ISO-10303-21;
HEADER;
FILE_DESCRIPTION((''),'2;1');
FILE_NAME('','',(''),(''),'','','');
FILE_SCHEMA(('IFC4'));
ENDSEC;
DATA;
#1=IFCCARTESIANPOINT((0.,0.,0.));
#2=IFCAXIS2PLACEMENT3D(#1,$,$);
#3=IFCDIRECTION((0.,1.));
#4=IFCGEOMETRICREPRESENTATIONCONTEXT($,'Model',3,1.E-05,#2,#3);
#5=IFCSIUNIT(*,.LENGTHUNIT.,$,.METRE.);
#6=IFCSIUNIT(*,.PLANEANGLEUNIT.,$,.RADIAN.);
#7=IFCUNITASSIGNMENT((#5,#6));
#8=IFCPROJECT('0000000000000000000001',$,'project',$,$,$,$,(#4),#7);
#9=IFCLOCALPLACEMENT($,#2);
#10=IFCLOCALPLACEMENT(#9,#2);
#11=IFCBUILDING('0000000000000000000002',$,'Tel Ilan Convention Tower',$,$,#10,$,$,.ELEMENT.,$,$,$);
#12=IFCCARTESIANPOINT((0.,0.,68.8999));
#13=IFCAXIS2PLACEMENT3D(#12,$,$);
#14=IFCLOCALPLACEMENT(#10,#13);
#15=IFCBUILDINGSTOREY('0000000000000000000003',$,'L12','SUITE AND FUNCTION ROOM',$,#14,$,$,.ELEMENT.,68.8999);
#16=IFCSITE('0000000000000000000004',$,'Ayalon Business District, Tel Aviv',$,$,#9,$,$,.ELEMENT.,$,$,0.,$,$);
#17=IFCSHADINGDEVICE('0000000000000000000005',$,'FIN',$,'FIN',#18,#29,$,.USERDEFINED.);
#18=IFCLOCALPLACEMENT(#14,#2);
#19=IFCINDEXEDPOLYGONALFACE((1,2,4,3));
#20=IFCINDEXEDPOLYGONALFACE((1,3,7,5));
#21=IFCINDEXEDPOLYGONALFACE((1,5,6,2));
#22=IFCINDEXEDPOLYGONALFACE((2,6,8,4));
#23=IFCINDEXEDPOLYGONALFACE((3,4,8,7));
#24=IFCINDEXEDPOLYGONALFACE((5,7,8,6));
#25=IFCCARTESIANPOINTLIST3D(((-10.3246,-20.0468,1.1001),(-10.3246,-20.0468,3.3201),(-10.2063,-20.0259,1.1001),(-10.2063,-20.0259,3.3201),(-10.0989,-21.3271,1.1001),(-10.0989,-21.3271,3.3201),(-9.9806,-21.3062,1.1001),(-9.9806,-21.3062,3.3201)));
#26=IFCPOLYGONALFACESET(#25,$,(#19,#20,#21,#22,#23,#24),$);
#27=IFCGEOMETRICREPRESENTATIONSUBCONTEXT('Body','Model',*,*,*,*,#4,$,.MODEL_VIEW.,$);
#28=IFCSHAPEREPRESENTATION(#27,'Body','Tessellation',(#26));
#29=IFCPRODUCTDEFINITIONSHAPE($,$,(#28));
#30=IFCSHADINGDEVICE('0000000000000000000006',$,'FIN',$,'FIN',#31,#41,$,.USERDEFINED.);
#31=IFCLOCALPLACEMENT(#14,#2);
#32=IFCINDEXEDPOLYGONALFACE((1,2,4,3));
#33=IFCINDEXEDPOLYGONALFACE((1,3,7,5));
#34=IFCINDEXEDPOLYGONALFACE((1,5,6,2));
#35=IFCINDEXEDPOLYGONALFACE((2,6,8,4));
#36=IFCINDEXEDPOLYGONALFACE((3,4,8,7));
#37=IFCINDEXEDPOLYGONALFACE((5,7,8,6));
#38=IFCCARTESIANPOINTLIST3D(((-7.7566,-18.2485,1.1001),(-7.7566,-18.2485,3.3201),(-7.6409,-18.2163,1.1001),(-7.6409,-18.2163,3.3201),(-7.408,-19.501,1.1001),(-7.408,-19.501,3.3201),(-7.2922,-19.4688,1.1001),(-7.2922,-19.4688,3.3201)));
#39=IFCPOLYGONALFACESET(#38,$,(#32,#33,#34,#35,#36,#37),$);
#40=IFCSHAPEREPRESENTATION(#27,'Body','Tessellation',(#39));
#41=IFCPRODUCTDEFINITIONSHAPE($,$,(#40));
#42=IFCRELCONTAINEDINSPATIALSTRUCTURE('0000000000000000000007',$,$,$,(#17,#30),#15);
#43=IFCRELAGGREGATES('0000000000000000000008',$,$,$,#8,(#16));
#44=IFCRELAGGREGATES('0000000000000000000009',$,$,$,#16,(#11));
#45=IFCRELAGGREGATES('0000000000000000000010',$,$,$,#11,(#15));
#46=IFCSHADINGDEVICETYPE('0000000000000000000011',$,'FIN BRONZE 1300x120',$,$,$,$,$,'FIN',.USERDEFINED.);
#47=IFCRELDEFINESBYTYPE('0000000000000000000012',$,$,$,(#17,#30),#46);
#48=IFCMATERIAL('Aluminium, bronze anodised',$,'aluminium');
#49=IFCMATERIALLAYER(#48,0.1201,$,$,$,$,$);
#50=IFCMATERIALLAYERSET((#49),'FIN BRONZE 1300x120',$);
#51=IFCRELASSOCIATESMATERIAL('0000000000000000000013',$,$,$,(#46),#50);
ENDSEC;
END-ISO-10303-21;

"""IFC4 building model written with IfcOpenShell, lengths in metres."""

from ifc_helpers import new_model, si_unit, direction, frame, origin, origin_2d, place, context, subcontext, project, spatial, rectangle, extrude, material, layer, layer_set, type_object, element, save


model = new_model("IFC4")

# Units and contexts
model_context = context("Model", 3, precision=1e-05, world=origin(), true_north=direction((0.0, 1.0)))
body_context = subcontext(model_context, "Body", "Model", "MODEL_VIEW")
ifc_project = project(units=[si_unit("LENGTHUNIT", "METRE"), si_unit("PLANEANGLEUNIT", "RADIAN")], contexts=[model_context])

# Site, building, storey
site_placement = place(None, origin())
site = spatial("IfcSite", under=ifc_project, at=site_placement, Name="Ayalon Business District, Tel Aviv", CompositionType="ELEMENT", RefElevation=0.0)
building_placement = place(site_placement, origin())
building = spatial("IfcBuilding", under=site, at=building_placement, Name="Tel Ilan Convention Tower", CompositionType="ELEMENT")
storey_placement = place(building_placement, frame((0.0, 0.0, 68.8999)))
storey = spatial("IfcBuildingStorey", under=building, at=storey_placement, Name="L12", Description="SUITE AND FUNCTION ROOM", CompositionType="ELEMENT", Elevation=68.8999)

# Shading devices
ifc_material_1 = material(Name="Aluminium, bronze anodised", Category="aluminium")
ifc_layer_1 = layer(ifc_material_1, 0.1201)
ifc_layer_set_1 = layer_set([ifc_layer_1], Name="FIN BRONZE 1300x120")
shading_device_type = type_object("IfcShadingDeviceType", Name="FIN BRONZE 1300x120", ElementType="FIN", PredefinedType="USERDEFINED", material=ifc_layer_set_1)
for number, where, z_axis, x_axis, name in (
    (1, (-10.1526, -20.6765, 1.1001), (0.0, 0.0, 1.0), (0.173648, -0.984808, 0.0), "FIN"),
    (2, (-7.5244, -18.8586, 1.1001), (0.0, 0.0, 1.0), (0.268173, -0.963371, 0.0), "FIN"),
):
    element("IfcShadingDevice", number, at=place(storey_placement, frame(where, z_axis=z_axis, x_axis=x_axis)), inside=storey, type_object=shading_device_type, Name=name, ObjectType="FIN", PredefinedType="USERDEFINED", context=body_context, shape_type="SweptSolid", body=[
        extrude(rectangle(XDim=1.3, YDim=0.1201, at=origin_2d()), origin(), (0.0, 0.0, 1.0), 2.22),
    ])

save(model, "model.ifc")
